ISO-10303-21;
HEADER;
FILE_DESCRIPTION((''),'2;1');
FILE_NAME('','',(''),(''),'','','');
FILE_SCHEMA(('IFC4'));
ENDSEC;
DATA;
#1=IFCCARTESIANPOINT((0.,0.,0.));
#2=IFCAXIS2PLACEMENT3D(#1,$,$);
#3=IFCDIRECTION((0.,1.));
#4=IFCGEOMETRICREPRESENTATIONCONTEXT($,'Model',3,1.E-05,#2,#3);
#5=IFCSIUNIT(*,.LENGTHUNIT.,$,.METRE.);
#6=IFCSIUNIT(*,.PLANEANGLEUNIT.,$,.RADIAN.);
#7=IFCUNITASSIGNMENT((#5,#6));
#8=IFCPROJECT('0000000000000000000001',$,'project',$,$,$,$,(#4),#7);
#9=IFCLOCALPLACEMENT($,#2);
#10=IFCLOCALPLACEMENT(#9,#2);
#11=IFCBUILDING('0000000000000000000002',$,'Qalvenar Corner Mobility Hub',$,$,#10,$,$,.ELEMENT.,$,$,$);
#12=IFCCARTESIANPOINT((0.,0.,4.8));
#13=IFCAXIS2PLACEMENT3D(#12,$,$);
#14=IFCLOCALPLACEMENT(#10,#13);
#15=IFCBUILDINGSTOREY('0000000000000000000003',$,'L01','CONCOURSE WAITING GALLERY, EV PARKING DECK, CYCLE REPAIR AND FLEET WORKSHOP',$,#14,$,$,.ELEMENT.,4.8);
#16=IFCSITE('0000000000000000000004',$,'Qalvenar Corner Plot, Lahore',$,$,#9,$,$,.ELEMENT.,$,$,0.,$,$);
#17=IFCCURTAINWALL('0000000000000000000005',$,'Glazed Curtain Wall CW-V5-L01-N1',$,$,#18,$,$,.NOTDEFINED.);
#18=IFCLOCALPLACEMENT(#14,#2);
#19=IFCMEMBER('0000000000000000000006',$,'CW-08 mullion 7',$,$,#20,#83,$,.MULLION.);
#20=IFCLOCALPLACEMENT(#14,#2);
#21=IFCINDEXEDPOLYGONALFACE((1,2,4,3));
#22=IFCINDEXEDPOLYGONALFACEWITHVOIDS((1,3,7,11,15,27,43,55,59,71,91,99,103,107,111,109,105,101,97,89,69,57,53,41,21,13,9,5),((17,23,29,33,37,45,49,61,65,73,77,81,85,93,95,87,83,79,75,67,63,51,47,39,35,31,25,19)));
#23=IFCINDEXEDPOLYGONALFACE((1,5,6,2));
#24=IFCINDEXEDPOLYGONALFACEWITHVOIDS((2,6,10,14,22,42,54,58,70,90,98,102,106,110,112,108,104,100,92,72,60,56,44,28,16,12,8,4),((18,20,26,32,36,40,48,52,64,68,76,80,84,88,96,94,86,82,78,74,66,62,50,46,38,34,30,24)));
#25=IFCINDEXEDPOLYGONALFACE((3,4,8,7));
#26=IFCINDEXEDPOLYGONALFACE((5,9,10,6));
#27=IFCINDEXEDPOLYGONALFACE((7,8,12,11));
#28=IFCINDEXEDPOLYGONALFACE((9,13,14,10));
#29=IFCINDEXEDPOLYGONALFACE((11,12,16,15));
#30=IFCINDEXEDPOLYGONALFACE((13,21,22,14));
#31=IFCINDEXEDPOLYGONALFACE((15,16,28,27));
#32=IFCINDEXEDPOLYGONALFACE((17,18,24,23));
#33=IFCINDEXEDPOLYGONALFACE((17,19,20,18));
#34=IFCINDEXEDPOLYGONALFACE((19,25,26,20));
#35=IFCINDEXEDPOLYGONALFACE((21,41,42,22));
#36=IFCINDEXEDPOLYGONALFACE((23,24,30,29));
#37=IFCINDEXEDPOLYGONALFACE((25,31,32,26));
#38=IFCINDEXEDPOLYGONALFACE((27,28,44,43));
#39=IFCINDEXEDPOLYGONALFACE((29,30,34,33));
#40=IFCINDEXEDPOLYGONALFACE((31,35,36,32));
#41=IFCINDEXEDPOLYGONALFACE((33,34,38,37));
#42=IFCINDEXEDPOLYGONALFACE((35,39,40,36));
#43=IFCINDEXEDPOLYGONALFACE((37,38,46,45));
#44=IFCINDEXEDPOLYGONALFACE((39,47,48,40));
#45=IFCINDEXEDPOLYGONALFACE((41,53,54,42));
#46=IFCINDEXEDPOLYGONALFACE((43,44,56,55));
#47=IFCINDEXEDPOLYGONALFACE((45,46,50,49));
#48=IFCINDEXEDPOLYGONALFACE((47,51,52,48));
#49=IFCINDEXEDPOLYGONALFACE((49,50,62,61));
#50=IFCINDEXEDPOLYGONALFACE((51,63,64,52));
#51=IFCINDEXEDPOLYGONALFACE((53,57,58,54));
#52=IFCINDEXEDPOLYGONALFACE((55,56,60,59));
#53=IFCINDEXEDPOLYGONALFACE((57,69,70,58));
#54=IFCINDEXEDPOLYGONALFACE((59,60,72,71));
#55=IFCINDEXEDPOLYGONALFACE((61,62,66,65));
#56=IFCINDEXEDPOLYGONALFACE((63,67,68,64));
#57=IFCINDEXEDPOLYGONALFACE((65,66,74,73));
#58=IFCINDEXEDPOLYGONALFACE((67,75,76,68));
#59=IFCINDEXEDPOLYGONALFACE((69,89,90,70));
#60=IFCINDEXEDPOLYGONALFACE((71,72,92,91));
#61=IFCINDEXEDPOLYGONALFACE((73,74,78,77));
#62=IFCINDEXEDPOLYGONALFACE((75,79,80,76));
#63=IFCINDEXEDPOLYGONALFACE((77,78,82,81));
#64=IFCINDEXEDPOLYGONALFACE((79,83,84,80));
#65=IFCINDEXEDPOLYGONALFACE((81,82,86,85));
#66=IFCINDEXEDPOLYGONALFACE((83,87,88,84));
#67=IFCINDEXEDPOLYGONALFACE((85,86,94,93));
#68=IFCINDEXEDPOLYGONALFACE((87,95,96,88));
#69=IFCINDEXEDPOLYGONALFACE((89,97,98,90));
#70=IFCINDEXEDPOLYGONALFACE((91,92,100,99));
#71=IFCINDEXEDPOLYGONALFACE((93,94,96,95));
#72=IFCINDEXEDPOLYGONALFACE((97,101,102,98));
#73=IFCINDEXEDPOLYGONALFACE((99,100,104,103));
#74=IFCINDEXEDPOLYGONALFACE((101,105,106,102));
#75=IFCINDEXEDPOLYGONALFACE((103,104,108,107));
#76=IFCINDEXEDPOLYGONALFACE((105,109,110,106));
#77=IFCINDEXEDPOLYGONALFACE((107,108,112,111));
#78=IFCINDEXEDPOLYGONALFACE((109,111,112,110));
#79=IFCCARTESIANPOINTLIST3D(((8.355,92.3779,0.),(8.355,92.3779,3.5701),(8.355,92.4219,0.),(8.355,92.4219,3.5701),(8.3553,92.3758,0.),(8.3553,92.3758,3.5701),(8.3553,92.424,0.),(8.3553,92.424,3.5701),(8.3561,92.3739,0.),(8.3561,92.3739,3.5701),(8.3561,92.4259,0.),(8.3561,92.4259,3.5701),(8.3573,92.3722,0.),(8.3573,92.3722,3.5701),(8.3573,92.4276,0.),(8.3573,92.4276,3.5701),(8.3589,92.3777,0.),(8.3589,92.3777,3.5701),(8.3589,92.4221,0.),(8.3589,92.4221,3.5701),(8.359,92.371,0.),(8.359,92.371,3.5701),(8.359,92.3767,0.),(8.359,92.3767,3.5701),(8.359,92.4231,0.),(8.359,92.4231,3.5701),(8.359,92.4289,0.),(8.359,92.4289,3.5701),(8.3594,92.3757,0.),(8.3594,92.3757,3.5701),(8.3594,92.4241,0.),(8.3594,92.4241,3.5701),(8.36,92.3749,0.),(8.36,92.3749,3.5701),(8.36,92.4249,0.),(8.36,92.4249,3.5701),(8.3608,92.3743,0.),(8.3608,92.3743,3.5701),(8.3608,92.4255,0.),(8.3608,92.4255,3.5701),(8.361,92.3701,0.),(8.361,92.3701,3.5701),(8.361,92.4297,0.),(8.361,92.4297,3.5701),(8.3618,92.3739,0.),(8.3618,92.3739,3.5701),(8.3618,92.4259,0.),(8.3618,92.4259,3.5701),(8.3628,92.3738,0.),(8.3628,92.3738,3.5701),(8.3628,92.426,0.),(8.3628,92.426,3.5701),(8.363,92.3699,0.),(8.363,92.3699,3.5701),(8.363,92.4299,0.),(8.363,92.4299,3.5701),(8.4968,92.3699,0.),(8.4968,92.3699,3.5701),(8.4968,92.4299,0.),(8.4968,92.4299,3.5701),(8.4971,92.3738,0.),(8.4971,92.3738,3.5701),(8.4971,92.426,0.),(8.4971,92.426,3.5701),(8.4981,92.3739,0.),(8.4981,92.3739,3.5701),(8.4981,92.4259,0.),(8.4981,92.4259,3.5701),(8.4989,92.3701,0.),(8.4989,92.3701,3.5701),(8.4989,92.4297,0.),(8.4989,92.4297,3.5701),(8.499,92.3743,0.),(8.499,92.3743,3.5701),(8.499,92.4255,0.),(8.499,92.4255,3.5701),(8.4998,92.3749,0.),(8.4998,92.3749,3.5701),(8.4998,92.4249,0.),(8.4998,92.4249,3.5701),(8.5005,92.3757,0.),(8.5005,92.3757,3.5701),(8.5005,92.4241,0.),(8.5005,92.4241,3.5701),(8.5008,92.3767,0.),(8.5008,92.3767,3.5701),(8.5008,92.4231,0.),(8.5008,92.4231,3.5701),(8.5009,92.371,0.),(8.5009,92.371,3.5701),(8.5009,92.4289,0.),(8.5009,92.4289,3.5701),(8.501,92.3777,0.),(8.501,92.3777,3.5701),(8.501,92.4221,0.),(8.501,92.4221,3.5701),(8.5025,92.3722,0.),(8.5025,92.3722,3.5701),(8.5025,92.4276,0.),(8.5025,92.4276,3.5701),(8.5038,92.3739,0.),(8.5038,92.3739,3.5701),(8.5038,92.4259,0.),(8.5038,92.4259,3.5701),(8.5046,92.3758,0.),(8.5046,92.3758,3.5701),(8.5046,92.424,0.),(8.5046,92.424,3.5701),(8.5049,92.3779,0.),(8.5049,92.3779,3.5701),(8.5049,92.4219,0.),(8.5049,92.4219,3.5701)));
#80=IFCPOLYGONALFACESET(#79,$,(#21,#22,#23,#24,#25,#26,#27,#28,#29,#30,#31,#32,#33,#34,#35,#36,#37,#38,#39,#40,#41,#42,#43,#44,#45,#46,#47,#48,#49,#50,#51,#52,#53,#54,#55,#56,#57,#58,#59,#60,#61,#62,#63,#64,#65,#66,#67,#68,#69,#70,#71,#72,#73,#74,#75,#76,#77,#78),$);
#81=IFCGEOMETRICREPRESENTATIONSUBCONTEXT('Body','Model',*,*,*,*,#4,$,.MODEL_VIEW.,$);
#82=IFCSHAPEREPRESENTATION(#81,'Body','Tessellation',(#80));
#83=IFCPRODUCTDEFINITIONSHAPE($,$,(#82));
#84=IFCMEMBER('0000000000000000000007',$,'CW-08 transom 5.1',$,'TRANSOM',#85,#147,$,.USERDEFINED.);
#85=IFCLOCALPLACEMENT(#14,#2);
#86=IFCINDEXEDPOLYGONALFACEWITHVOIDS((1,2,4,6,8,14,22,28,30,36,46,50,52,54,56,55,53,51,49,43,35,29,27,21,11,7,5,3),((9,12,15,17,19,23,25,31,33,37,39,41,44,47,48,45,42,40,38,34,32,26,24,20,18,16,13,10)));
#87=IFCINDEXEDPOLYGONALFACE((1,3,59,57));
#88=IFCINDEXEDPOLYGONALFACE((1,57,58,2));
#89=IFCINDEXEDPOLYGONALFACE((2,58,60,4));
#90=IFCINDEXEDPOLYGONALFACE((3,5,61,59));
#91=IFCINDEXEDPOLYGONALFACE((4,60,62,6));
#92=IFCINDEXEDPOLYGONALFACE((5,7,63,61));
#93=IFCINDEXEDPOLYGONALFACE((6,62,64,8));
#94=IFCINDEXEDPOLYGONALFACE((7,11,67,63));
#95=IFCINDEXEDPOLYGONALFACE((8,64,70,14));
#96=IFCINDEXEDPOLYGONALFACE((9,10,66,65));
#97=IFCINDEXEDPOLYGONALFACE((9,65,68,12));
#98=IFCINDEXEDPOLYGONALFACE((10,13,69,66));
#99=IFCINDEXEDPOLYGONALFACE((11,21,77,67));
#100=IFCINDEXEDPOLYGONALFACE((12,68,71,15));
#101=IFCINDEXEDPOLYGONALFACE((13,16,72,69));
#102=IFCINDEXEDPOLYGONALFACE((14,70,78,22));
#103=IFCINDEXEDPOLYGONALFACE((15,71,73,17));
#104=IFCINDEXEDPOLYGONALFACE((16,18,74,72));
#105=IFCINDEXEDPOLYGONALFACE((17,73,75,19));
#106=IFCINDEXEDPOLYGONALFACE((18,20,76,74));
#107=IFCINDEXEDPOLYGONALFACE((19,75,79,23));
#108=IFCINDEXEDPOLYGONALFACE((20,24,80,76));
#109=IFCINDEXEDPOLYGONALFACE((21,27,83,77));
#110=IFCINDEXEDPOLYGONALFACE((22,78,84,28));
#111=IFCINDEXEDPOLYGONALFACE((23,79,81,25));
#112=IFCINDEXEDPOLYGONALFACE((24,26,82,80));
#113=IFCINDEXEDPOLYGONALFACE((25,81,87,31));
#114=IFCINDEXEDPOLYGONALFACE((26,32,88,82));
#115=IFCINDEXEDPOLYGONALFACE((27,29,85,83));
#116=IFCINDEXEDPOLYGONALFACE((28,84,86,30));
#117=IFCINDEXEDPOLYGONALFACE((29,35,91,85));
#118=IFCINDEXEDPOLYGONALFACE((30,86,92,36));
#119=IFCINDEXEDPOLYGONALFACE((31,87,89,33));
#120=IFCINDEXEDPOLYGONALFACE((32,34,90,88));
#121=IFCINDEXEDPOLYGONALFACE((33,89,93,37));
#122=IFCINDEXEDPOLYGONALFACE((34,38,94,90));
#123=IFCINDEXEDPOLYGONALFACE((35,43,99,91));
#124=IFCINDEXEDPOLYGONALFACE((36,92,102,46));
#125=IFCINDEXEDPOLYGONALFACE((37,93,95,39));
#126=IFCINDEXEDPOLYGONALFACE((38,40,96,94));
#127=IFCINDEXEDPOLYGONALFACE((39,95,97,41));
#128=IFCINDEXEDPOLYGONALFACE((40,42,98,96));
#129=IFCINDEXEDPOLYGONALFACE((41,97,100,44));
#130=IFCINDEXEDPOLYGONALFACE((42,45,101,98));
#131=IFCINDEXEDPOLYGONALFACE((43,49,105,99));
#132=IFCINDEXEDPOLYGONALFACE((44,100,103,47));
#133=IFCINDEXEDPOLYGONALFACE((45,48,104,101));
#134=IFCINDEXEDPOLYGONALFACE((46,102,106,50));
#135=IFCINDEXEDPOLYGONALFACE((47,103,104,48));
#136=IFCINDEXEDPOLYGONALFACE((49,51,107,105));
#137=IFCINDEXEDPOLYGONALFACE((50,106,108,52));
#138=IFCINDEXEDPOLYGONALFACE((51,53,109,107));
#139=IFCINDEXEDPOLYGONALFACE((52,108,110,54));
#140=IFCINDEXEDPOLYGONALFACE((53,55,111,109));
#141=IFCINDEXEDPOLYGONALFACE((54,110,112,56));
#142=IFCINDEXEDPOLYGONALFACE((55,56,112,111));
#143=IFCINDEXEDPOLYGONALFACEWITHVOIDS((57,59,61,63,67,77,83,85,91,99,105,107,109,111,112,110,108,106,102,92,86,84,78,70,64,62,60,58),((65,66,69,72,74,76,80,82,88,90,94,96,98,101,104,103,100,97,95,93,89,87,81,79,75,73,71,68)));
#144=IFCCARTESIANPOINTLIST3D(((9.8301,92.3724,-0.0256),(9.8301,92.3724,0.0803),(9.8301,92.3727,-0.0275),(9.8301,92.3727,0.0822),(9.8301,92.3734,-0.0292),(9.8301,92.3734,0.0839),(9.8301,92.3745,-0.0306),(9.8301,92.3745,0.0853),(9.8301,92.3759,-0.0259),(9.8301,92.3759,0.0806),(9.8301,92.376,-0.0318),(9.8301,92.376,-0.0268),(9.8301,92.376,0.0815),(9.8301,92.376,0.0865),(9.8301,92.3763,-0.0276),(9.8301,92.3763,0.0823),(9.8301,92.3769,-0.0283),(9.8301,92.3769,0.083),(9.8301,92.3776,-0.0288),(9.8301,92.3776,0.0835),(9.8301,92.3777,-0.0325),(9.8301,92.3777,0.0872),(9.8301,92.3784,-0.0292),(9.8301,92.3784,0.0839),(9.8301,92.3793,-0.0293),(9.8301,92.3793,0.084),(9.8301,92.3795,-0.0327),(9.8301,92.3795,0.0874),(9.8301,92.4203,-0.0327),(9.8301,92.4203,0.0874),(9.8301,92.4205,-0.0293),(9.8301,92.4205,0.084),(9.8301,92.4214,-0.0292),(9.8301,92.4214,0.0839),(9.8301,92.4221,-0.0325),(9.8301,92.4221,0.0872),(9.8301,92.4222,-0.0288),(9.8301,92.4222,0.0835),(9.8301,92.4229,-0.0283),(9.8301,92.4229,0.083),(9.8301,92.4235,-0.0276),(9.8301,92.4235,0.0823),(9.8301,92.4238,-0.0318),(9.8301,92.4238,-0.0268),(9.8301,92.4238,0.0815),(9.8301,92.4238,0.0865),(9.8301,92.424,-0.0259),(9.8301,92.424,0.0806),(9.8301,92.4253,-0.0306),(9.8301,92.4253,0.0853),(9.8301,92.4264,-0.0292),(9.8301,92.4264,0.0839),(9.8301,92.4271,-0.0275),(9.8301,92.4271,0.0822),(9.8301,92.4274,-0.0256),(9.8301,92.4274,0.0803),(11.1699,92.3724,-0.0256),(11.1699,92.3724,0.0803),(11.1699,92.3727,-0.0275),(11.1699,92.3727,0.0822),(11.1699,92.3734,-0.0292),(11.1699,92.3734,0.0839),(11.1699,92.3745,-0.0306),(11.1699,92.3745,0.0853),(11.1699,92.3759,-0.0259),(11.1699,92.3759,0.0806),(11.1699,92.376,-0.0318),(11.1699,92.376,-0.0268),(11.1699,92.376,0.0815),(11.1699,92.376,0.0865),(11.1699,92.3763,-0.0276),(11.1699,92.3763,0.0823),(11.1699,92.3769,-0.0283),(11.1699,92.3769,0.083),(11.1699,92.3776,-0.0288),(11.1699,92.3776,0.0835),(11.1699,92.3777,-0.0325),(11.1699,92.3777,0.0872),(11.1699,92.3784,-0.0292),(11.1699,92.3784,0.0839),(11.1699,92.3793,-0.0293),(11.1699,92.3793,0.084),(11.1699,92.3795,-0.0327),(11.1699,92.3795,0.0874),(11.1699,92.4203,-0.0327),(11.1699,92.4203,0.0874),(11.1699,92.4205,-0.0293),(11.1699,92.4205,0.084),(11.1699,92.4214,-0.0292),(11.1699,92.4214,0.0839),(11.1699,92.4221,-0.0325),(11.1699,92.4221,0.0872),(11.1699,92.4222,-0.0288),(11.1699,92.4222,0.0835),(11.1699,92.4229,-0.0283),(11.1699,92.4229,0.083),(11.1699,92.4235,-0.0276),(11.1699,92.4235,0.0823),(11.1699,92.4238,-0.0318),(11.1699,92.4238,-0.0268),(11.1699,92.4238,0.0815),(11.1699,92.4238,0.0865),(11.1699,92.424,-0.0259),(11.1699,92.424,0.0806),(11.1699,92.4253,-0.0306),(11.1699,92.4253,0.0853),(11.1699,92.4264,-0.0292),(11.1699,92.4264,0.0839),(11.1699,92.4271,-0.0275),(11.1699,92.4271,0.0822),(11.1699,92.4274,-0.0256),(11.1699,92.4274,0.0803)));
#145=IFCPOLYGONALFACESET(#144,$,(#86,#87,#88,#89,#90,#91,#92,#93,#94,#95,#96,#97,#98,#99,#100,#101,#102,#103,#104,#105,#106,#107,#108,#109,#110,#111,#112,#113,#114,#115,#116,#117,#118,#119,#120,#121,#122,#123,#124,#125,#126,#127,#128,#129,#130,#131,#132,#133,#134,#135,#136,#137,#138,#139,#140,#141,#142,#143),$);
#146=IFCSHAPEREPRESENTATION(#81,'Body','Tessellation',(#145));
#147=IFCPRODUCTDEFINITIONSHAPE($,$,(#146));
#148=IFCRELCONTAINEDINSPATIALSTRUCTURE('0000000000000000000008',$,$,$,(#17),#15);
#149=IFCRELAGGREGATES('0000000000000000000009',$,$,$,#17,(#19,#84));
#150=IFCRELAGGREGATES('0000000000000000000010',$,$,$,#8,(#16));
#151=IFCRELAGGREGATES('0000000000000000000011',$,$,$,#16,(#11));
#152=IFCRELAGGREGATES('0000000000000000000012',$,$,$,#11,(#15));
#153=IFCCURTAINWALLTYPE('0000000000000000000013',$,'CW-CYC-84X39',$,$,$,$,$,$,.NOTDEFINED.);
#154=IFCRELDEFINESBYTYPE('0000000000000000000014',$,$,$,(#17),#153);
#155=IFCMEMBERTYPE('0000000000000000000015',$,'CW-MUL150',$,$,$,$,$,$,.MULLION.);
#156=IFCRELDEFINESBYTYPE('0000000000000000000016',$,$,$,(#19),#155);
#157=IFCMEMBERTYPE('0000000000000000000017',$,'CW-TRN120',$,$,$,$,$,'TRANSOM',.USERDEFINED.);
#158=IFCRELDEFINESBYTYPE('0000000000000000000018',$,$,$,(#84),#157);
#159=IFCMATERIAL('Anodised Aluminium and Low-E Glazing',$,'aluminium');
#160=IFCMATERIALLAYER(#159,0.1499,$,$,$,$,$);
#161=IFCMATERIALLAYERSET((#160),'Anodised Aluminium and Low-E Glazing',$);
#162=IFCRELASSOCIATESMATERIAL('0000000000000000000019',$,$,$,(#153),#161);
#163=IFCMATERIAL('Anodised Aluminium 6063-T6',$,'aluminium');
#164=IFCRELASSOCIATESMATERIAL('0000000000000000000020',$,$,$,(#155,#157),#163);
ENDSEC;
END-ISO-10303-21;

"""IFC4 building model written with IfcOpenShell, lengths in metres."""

from ifc_helpers import new_model, si_unit, direction, frame, origin, origin_2d, place, context, subcontext, project, spatial, hollow_rectangle, extrude, material, layer, layer_set, material_profile, profile_set, type_object, element, aggregate, save


model = new_model("IFC4")

# Units and contexts
model_context = context("Model", 3, precision=1e-05, world=origin(), true_north=direction((0.0, 1.0)))
body_context = subcontext(model_context, "Body", "Model", "MODEL_VIEW")
ifc_project = project(units=[si_unit("LENGTHUNIT", "METRE"), si_unit("PLANEANGLEUNIT", "RADIAN")], contexts=[model_context])

# Site, building, storey
site_placement = place(None, origin())
site = spatial("IfcSite", under=ifc_project, at=site_placement, Name="Qalvenar Corner Plot, Lahore", CompositionType="ELEMENT", RefElevation=0.0)
building_placement = place(site_placement, origin())
building = spatial("IfcBuilding", under=site, at=building_placement, Name="Qalvenar Corner Mobility Hub", CompositionType="ELEMENT")
storey_placement = place(building_placement, frame((0.0, 0.0, 4.8)))
storey = spatial("IfcBuildingStorey", under=building, at=storey_placement, Name="L01", Description="CONCOURSE WAITING GALLERY, EV PARKING DECK, CYCLE REPAIR AND FLEET WORKSHOP", CompositionType="ELEMENT", Elevation=4.8)

# Curtain wall, members
ifc_material_1 = material(Name="Anodised Aluminium and Low-E Glazing", Category="aluminium")
ifc_layer_1 = layer(ifc_material_1, 0.1499)
ifc_layer_set_1 = layer_set([ifc_layer_1], Name="Anodised Aluminium and Low-E Glazing")
curtain_wall_type = type_object("IfcCurtainWallType", Name="CW-CYC-84X39", PredefinedType="NOTDEFINED", material=ifc_layer_set_1)
curtain_wall_placement = place(storey_placement, origin())
curtain_wall = element("IfcCurtainWall", 1, at=curtain_wall_placement, inside=storey, type_object=curtain_wall_type, Name="Glazed Curtain Wall CW-V5-L01-N1", PredefinedType="NOTDEFINED")
ifc_material_2 = material(Name="Anodised Aluminium 6063-T6", Category="aluminium")
ifc_material_profile_1 = material_profile(ifc_material_2, hollow_rectangle(XDim=0.0601, YDim=0.1499, WallThickness=0.0039, InnerFilletRadius=0.0039, OuterFilletRadius=0.0081, at=origin_2d()), Name="RHS150x60x4")
ifc_profile_set_1 = profile_set([ifc_material_profile_1], Name="Anodised Aluminium 6063-T6")
member_type_1 = type_object("IfcMemberType", Name="CW-MUL150", PredefinedType="MULLION", material=ifc_profile_set_1)
member_1_placement = place(storey_placement, frame((8.4299, 92.3999, 0.0), z_axis=(0.0, 0.0, 1.0), x_axis=(0.0, -1.0, 0.0)))
member_1 = element("IfcMember", 2, at=member_1_placement, type_object=member_type_1, Name="CW-08 mullion 7", PredefinedType="MULLION", context=body_context, shape_type="SweptSolid", body=[
    extrude(hollow_rectangle(XDim=0.0601, YDim=0.1499, WallThickness=0.0039, InnerFilletRadius=0.0039, OuterFilletRadius=0.0081, at=origin_2d()), origin(), (0.0, 0.0, 1.0), 3.5701),
])
ifc_material_profile_2 = material_profile(ifc_material_2, hollow_rectangle(XDim=0.0549, YDim=0.1201, WallThickness=0.0034, InnerFilletRadius=0.0034, OuterFilletRadius=0.0071, at=origin_2d()), Name="RHS120x55x3.5")
ifc_profile_set_2 = profile_set([ifc_material_profile_2], Name="Anodised Aluminium 6063-T6")
member_type_2 = type_object("IfcMemberType", Name="CW-TRN120", ElementType="TRANSOM", PredefinedType="USERDEFINED", material=ifc_profile_set_2)
member_2_placement = place(storey_placement, frame((11.1699, 92.3999, 0.0273), z_axis=(-1.0, 0.0, 0.0), x_axis=(0.0, -1.0, 0.0)))
member_2 = element("IfcMember", 3, at=member_2_placement, type_object=member_type_2, Name="CW-08 transom 5.1", ObjectType="TRANSOM", PredefinedType="USERDEFINED", context=body_context, shape_type="SweptSolid", body=[
    extrude(hollow_rectangle(XDim=0.0549, YDim=0.1201, WallThickness=0.0034, InnerFilletRadius=0.0034, OuterFilletRadius=0.0071, at=origin_2d()), origin(), (0.0, 0.0, 1.0), 1.3398),
])
aggregate(curtain_wall, [member_1, member_2])

save(model, "model.ifc")
